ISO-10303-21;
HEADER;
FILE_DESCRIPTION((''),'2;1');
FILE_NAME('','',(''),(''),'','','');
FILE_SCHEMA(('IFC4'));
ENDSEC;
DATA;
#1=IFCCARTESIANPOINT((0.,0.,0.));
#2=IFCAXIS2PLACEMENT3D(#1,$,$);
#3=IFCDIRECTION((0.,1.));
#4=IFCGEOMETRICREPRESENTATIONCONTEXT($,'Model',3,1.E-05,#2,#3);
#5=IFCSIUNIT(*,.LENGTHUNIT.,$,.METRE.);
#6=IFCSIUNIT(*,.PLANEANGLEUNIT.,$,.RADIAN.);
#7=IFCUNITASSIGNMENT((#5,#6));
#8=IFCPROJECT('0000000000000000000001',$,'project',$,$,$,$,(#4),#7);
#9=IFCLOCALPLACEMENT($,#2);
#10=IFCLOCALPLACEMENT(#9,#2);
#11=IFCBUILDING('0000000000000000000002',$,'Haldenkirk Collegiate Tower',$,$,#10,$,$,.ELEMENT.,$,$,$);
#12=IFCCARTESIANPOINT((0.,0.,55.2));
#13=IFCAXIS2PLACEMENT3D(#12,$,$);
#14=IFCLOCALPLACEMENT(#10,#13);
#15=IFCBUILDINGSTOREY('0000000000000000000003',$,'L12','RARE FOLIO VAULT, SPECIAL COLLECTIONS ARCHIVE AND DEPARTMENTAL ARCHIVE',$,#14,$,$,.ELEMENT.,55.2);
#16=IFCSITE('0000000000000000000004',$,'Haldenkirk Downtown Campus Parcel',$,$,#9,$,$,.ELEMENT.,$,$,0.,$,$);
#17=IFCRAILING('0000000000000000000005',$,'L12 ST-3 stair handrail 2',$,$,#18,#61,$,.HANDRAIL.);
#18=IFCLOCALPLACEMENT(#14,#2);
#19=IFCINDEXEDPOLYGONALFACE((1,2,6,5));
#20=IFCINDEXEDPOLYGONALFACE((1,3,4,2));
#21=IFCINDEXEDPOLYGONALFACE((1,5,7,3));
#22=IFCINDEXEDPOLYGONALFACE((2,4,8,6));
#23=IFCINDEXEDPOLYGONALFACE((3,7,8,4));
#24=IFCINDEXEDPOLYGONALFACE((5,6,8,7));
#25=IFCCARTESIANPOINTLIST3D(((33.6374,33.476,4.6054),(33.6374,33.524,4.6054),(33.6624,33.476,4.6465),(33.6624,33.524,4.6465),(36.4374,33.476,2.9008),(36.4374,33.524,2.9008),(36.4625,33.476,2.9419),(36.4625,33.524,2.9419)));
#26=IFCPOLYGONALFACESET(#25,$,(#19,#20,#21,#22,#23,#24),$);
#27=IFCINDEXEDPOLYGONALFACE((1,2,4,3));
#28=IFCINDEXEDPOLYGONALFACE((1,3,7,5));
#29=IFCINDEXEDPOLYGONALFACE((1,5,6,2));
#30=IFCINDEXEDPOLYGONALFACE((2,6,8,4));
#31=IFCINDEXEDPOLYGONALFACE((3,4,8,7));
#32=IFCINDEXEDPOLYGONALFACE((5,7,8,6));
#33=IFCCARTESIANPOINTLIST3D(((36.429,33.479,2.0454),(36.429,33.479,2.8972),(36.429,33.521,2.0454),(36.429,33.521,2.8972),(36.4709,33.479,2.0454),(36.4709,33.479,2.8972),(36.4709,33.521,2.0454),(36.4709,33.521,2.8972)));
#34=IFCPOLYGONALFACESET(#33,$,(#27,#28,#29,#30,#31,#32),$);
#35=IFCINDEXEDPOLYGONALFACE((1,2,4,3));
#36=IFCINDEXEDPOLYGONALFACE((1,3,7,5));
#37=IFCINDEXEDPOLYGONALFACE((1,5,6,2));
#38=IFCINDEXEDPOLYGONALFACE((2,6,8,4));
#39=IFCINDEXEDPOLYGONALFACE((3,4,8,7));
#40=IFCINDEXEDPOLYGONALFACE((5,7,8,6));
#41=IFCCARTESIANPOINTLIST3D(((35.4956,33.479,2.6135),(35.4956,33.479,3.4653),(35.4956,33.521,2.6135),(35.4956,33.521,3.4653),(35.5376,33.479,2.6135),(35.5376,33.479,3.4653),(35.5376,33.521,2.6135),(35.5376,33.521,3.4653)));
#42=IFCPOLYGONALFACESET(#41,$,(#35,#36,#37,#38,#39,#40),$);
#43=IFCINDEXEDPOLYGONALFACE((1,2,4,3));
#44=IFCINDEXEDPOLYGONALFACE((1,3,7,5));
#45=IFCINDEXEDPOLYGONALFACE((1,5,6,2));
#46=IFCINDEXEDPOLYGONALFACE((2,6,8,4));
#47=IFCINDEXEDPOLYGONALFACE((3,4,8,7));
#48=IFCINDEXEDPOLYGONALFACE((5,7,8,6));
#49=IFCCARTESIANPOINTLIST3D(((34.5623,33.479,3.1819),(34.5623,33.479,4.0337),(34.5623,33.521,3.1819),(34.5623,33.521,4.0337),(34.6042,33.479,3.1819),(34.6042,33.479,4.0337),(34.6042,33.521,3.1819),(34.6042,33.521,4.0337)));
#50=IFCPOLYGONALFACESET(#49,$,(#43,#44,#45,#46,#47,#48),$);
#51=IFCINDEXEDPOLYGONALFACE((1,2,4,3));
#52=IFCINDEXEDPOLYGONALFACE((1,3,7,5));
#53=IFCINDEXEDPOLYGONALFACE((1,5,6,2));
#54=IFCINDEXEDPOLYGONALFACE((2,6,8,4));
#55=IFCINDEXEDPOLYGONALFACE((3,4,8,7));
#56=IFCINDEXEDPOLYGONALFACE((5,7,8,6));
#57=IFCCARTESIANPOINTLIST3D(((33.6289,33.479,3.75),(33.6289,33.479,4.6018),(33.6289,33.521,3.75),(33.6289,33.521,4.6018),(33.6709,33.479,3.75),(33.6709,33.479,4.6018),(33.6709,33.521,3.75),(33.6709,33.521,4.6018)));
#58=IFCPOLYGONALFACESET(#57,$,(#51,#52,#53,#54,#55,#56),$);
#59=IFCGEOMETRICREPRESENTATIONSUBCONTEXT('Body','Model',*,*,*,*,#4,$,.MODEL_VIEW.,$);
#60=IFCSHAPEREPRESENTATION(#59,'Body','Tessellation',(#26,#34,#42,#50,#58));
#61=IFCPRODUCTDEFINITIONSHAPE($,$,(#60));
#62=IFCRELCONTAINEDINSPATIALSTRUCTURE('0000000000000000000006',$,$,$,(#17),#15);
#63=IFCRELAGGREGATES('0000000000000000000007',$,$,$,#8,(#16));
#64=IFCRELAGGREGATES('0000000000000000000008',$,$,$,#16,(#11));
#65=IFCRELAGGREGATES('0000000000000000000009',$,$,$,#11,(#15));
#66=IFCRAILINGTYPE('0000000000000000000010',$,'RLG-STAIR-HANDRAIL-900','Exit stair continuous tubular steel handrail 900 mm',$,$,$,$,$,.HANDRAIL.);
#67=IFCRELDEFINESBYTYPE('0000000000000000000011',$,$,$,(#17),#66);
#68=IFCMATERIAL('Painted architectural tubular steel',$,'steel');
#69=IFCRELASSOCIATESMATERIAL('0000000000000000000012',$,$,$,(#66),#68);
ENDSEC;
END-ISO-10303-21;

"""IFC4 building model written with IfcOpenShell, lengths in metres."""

from ifc_helpers import new_model, si_unit, direction, frame, origin, origin_2d, place, context, subcontext, project, spatial, rectangle, extrude, material, type_object, element, save


model = new_model("IFC4")

# Units and contexts
model_context = context("Model", 3, precision=1e-05, world=origin(), true_north=direction((0.0, 1.0)))
body_context = subcontext(model_context, "Body", "Model", "MODEL_VIEW")
ifc_project = project(units=[si_unit("LENGTHUNIT", "METRE"), si_unit("PLANEANGLEUNIT", "RADIAN")], contexts=[model_context])

# Site, building, storey
site_placement = place(None, origin())
site = spatial("IfcSite", under=ifc_project, at=site_placement, Name="Haldenkirk Downtown Campus Parcel", CompositionType="ELEMENT", RefElevation=0.0)
building_placement = place(site_placement, origin())
building = spatial("IfcBuilding", under=site, at=building_placement, Name="Haldenkirk Collegiate Tower", CompositionType="ELEMENT")
storey_placement = place(building_placement, frame((0.0, 0.0, 55.2)))
storey = spatial("IfcBuildingStorey", under=building, at=storey_placement, Name="L12", Description="RARE FOLIO VAULT, SPECIAL COLLECTIONS ARCHIVE AND DEPARTMENTAL ARCHIVE", CompositionType="ELEMENT", Elevation=55.2)

# Railing
ifc_material_1 = material(Name="Painted architectural tubular steel", Category="steel")
railing_type_1 = type_object("IfcRailingType", Name="RLG-STAIR-HANDRAIL-900", Description="Exit stair continuous tubular steel handrail 900 mm", PredefinedType="HANDRAIL", material=ifc_material_1)
railing_1_placement = place(storey_placement, frame((36.45, 33.5, 2.0454)))
element("IfcRailing", 1, at=railing_1_placement, inside=storey, type_object=railing_type_1, Name="L12 ST-3 stair handrail 2", PredefinedType="HANDRAIL", context=body_context, shape_type="SweptSolid", body=[
    extrude(rectangle(XDim=0.0481, YDim=0.0481, at=origin_2d()), frame((0.0, 0.0, 0.876), z_axis=(-0.85417, 0.0, 0.519994), x_axis=(0.0, -1.0, 0.0)), (0.0, 0.0, 1.0), 3.2781),
    extrude(rectangle(XDim=0.042, YDim=0.042, at=origin_2d()), origin(), (0.0, 0.0, 1.0), 0.8518),
    extrude(rectangle(XDim=0.042, YDim=0.042, at=origin_2d()), frame((-0.9333, 0.0, 0.5681)), (0.0, 0.0, 1.0), 0.8518),
    extrude(rectangle(XDim=0.042, YDim=0.042, at=origin_2d()), frame((-1.8667, 0.0, 1.1365)), (0.0, 0.0, 1.0), 0.8518),
    extrude(rectangle(XDim=0.042, YDim=0.042, at=origin_2d()), frame((-2.8, 0.0, 1.7046)), (0.0, 0.0, 1.0), 0.8518),
])

save(model, "model.ifc")
